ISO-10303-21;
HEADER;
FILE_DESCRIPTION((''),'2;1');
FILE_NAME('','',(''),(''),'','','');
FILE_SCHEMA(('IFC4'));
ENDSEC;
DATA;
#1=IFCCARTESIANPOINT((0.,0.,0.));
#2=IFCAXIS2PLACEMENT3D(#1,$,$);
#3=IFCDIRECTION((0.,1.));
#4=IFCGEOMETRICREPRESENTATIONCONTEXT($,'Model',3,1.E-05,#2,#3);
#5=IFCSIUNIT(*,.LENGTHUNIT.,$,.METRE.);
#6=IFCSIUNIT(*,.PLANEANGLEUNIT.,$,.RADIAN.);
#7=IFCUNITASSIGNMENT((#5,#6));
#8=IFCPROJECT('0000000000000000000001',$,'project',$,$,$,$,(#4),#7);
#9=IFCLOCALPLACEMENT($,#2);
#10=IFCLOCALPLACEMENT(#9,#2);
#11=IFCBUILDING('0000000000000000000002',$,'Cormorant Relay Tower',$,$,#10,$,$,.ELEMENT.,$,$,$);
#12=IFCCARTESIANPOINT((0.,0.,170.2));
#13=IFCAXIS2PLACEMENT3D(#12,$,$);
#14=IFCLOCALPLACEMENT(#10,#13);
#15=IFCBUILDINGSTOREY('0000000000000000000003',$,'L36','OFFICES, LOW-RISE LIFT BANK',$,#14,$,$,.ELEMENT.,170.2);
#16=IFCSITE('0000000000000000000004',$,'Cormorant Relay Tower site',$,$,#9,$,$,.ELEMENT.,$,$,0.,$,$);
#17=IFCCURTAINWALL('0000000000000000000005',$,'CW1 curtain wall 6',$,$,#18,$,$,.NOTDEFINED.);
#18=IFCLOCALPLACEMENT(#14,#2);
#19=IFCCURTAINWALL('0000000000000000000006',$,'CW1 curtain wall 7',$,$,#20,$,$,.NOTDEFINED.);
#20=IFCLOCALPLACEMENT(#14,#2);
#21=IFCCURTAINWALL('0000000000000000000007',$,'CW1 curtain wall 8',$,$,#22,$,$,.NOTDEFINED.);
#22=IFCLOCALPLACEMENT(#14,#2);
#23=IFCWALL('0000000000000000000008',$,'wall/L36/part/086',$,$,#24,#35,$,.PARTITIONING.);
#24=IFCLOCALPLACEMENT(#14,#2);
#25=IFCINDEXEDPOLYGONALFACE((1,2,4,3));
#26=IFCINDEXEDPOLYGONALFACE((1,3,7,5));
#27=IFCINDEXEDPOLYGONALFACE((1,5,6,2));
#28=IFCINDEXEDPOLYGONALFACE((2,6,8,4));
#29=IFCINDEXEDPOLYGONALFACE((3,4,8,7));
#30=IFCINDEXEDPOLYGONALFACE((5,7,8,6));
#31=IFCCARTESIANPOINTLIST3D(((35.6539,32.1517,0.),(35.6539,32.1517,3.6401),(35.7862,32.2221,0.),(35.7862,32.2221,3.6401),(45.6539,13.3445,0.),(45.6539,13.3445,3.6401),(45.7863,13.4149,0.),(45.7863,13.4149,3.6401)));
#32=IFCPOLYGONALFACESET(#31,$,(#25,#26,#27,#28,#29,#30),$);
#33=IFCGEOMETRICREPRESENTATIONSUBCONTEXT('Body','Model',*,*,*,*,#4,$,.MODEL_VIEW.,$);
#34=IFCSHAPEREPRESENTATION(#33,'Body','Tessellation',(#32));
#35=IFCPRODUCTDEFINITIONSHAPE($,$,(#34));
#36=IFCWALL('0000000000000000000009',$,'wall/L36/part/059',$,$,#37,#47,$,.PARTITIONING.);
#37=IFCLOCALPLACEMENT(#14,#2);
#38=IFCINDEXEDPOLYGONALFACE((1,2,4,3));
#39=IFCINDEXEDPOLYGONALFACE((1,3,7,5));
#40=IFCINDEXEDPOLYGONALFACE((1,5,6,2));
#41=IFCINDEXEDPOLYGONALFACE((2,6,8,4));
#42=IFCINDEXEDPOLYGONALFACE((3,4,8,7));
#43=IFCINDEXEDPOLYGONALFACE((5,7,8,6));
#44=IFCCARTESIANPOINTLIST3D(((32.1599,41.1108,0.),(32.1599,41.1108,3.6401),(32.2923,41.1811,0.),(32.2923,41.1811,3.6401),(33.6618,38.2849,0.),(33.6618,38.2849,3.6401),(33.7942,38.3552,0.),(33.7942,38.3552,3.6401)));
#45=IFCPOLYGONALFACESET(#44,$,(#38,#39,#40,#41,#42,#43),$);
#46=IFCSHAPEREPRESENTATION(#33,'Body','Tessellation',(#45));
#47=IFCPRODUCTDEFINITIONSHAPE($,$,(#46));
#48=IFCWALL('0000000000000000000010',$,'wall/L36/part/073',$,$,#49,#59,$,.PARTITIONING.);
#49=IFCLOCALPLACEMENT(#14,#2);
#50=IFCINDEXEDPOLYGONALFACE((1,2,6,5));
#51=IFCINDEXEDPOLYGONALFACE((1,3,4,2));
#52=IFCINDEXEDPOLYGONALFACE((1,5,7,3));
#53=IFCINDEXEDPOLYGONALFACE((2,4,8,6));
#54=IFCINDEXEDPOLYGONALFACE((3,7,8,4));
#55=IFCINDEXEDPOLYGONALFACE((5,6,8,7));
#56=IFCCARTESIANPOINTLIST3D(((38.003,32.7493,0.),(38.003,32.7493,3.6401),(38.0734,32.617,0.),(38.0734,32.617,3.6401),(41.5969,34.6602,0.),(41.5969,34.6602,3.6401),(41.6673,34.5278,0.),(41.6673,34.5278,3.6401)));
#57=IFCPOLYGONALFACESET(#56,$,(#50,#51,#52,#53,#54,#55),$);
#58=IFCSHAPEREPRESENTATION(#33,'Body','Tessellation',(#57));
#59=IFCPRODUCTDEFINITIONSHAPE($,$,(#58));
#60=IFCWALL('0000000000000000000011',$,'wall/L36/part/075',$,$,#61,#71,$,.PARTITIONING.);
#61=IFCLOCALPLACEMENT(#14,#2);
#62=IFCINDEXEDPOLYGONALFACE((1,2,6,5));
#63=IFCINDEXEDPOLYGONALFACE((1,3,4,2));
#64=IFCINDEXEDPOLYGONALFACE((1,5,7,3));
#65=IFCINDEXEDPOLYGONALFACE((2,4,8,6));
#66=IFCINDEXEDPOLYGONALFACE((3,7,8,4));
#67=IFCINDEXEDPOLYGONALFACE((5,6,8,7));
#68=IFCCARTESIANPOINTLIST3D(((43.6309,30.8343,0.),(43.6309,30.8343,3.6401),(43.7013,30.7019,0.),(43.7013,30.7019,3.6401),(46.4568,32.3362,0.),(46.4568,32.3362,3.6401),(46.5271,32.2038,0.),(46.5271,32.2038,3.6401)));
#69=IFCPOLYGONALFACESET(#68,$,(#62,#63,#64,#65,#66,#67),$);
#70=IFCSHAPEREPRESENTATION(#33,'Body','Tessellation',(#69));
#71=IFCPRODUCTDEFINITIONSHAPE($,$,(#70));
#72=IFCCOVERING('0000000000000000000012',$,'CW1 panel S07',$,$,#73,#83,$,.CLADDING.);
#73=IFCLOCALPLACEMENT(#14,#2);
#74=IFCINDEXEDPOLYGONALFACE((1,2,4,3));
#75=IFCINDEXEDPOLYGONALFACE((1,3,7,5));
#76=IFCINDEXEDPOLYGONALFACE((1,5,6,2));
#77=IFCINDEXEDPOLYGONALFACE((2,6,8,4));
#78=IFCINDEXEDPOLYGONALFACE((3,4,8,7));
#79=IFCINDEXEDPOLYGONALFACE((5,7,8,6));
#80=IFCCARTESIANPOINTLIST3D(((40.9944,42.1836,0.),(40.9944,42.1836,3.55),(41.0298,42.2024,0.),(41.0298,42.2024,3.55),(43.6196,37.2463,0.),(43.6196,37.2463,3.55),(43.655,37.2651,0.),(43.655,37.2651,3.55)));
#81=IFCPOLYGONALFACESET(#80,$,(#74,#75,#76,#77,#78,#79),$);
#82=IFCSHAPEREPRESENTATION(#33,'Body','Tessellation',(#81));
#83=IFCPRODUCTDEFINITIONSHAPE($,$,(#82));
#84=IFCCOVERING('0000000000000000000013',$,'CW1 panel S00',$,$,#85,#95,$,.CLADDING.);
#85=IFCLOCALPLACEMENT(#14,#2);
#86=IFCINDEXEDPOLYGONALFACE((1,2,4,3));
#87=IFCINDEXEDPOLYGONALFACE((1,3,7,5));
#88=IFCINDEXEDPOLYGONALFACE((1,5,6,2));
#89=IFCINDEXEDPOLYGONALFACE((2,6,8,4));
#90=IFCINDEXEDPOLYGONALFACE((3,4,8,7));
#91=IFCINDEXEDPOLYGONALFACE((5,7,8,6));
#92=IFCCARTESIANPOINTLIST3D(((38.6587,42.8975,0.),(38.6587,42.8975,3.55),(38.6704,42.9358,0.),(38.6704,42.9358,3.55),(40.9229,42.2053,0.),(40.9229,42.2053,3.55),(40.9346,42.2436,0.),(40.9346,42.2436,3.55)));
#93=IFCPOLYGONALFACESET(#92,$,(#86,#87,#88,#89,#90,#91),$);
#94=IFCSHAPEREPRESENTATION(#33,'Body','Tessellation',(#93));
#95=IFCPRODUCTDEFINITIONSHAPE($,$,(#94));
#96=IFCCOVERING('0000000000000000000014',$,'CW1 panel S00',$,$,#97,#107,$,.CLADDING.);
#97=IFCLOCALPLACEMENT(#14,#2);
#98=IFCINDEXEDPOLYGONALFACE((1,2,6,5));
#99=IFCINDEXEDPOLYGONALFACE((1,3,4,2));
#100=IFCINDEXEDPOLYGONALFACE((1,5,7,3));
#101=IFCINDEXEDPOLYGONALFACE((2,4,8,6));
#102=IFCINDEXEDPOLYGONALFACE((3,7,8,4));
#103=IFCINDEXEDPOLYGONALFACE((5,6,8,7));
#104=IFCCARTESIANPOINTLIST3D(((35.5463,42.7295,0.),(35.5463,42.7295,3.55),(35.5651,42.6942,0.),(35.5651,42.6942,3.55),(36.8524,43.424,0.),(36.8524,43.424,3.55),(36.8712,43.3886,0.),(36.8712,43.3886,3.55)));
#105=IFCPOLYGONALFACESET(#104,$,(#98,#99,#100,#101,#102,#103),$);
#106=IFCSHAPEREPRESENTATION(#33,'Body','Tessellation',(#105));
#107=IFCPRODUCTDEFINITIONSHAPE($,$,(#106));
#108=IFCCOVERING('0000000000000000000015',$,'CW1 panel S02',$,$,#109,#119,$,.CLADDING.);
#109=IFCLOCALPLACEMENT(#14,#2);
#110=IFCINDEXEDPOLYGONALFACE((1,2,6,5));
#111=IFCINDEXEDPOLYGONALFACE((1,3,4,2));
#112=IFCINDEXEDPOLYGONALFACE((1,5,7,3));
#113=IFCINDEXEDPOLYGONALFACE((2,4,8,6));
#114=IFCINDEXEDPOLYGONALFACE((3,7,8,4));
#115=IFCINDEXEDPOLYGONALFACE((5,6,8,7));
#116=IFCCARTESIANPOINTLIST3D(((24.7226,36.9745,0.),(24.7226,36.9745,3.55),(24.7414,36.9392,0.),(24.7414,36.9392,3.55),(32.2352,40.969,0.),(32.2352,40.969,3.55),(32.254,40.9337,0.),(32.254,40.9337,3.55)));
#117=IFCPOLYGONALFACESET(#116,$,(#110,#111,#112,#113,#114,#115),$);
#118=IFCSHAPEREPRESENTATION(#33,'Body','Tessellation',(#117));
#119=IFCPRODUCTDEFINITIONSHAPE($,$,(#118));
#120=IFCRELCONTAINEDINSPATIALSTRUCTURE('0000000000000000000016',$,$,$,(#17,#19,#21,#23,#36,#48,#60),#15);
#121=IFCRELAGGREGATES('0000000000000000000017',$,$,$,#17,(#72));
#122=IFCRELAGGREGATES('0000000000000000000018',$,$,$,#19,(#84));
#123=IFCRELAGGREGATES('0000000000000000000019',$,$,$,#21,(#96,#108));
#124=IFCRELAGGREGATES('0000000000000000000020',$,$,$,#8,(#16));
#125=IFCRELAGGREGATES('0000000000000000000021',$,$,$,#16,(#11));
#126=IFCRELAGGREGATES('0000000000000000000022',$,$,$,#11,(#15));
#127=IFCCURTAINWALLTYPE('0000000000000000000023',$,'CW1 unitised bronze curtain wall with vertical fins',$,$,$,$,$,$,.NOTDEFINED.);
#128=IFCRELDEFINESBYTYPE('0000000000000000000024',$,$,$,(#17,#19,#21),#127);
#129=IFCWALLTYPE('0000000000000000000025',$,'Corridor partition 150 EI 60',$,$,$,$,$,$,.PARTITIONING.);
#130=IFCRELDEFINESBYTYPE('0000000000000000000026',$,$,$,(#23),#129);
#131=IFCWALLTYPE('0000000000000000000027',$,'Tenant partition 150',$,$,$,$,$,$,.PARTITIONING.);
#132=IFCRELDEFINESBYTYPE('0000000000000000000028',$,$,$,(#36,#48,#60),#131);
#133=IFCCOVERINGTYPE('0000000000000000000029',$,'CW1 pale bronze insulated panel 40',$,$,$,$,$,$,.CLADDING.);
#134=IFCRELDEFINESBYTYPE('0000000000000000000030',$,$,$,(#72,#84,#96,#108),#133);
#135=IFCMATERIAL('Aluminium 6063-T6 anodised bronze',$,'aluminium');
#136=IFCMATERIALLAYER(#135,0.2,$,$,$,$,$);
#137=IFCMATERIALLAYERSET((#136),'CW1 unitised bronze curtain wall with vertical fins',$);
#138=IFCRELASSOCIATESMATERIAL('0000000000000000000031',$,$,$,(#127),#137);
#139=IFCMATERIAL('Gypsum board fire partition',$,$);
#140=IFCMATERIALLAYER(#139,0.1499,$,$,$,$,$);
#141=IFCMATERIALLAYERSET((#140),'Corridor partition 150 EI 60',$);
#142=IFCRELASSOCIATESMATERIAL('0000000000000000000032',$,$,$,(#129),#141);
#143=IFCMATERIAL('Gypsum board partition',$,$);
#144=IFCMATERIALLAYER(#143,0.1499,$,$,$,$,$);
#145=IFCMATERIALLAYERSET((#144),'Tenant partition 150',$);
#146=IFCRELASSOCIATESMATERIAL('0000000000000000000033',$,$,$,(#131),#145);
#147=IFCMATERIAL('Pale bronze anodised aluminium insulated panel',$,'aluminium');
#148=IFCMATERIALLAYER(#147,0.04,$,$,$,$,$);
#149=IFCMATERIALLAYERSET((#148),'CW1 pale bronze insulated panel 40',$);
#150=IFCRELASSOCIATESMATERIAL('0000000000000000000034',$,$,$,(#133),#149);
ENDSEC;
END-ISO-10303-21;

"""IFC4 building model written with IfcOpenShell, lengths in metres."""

from ifc_helpers import new_model, si_unit, direction, frame, frame_2d, origin, origin_2d, place, context, subcontext, project, spatial, rectangle, extrude, material, layer, layer_set, type_object, element, aggregate, save


model = new_model("IFC4")

# Units and contexts
model_context = context("Model", 3, precision=1e-05, world=origin(), true_north=direction((0.0, 1.0)))
body_context = subcontext(model_context, "Body", "Model", "MODEL_VIEW")
ifc_project = project(units=[si_unit("LENGTHUNIT", "METRE"), si_unit("PLANEANGLEUNIT", "RADIAN")], contexts=[model_context])

# Site, building, storey
site_placement = place(None, origin())
site = spatial("IfcSite", under=ifc_project, at=site_placement, Name="Cormorant Relay Tower site", CompositionType="ELEMENT", RefElevation=0.0)
building_placement = place(site_placement, origin())
building = spatial("IfcBuilding", under=site, at=building_placement, Name="Cormorant Relay Tower", CompositionType="ELEMENT")
storey_placement = place(building_placement, frame((0.0, 0.0, 170.2)))
storey = spatial("IfcBuildingStorey", under=building, at=storey_placement, Name="L36", Description="OFFICES, LOW-RISE LIFT BANK", CompositionType="ELEMENT", Elevation=170.2)

# Curtain wall
ifc_material_1 = material(Name="Aluminium 6063-T6 anodised bronze", Category="aluminium")
ifc_layer_1 = layer(ifc_material_1, 0.2)
ifc_layer_set_1 = layer_set([ifc_layer_1], Name="CW1 unitised bronze curtain wall with vertical fins")
curtain_wall_type = type_object("IfcCurtainWallType", Name="CW1 unitised bronze curtain wall with vertical fins", PredefinedType="NOTDEFINED", material=ifc_layer_set_1)
curtain_wall_1_placement = place(storey_placement, origin())
curtain_wall_1 = element("IfcCurtainWall", 1, at=curtain_wall_1_placement, inside=storey, type_object=curtain_wall_type, Name="CW1 curtain wall 6", PredefinedType="NOTDEFINED")

# Curtain wall
curtain_wall_2_placement = place(storey_placement, origin())
curtain_wall_2 = element("IfcCurtainWall", 2, at=curtain_wall_2_placement, inside=storey, type_object=curtain_wall_type, Name="CW1 curtain wall 7", PredefinedType="NOTDEFINED")

# Curtain wall
curtain_wall_3_placement = place(storey_placement, origin())
curtain_wall_3 = element("IfcCurtainWall", 3, at=curtain_wall_3_placement, inside=storey, type_object=curtain_wall_type, Name="CW1 curtain wall 8", PredefinedType="NOTDEFINED")

# Shared definitions
ifc_material_2 = material(Name="Gypsum board fire partition")
ifc_layer_2 = layer(ifc_material_2, 0.1499)
ifc_layer_set_2 = layer_set([ifc_layer_2], Name="Corridor partition 150 EI 60")
wall_type_1 = type_object("IfcWallType", Name="Corridor partition 150 EI 60", PredefinedType="PARTITIONING", material=ifc_layer_set_2)

# Walls
wall_1_placement = place(storey_placement, frame((35.72, 32.187, 0.0), z_axis=(0.0, 0.0, 1.0), x_axis=(0.469474, -0.882946, 0.0)))
element("IfcWall", 4, at=wall_1_placement, inside=storey, type_object=wall_type_1, Name="wall/L36/part/086", PredefinedType="PARTITIONING", context=body_context, shape_type="SweptSolid", body=[
    extrude(rectangle(XDim=21.3005, YDim=0.1499, at=frame_2d((10.6504, 0.0))), origin(), (0.0, 0.0, 1.0), 3.6401),
])
ifc_material_3 = material(Name="Gypsum board partition")
ifc_layer_3 = layer(ifc_material_3, 0.1499)
ifc_layer_set_3 = layer_set([ifc_layer_3], Name="Tenant partition 150")
wall_type_2 = type_object("IfcWallType", Name="Tenant partition 150", PredefinedType="PARTITIONING", material=ifc_layer_set_3)
wall_2_placement = place(storey_placement, frame((33.728, 38.3201, 0.0), z_axis=(0.0, 0.0, 1.0), x_axis=(-0.469321, 0.883028, 0.0)))
element("IfcWall", 5, at=wall_2_placement, inside=storey, type_object=wall_type_2, Name="wall/L36/part/059", PredefinedType="PARTITIONING", context=body_context, shape_type="SweptSolid", body=[
    extrude(rectangle(XDim=3.2002, YDim=0.1499, at=frame_2d((1.6001, 0.0))), origin(), (0.0, 0.0, 1.0), 3.6401),
])
wall_3_placement = place(storey_placement, frame((41.6321, 34.594, 0.0), z_axis=(0.0, 0.0, 1.0), x_axis=(-0.882955, -0.469458, 0.0)))
element("IfcWall", 6, at=wall_3_placement, inside=storey, type_object=wall_type_2, Name="wall/L36/part/073", PredefinedType="PARTITIONING", context=body_context, shape_type="SweptSolid", body=[
    extrude(rectangle(XDim=4.0703, YDim=0.1499, at=frame_2d((2.0352, 0.0))), origin(), (0.0, 0.0, 1.0), 3.6401),
])
wall_4_placement = place(storey_placement, frame((46.4919, 32.27, 0.0), z_axis=(0.0, 0.0, 1.0), x_axis=(-0.883028, -0.469321, 0.0)))
element("IfcWall", 7, at=wall_4_placement, inside=storey, type_object=wall_type_2, Name="wall/L36/part/075", PredefinedType="PARTITIONING", context=body_context, shape_type="SweptSolid", body=[
    extrude(rectangle(XDim=3.2002, YDim=0.1499, at=frame_2d((1.6001, 0.0))), origin(), (0.0, 0.0, 1.0), 3.6401),
])

# Coverings
ifc_material_4 = material(Name="Pale bronze anodised aluminium insulated panel", Category="aluminium")
ifc_layer_4 = layer(ifc_material_4, 0.04)
ifc_layer_set_4 = layer_set([ifc_layer_4], Name="CW1 pale bronze insulated panel 40")
covering_type = type_object("IfcCoveringType", Name="CW1 pale bronze insulated panel 40", PredefinedType="CLADDING", material=ifc_layer_set_4)
covering_1_placement = place(storey_placement, frame((42.3247, 39.7244, 0.0), z_axis=(0.0, 0.0, 1.0), x_axis=(-0.469472, 0.882948, 0.0)))
covering_1 = element("IfcCovering", 8, at=covering_1_placement, type_object=covering_type, Name="CW1 panel S07", PredefinedType="CLADDING", context=body_context, shape_type="SweptSolid", body=[
    extrude(rectangle(XDim=5.5918, YDim=0.04, at=origin_2d()), origin(), (0.0, 0.0, 1.0), 3.55),
])
aggregate(curtain_wall_1, [covering_1])
covering_2_placement = place(storey_placement, frame((39.7966, 42.5706, 0.0), z_axis=(0.0, 0.0, 1.0), x_axis=(-0.956305, 0.292372, 0.0)))
covering_2 = element("IfcCovering", 9, at=covering_2_placement, type_object=covering_type, Name="CW1 panel S00", PredefinedType="CLADDING", context=body_context, shape_type="SweptSolid", body=[
    extrude(rectangle(XDim=2.3677, YDim=0.04, at=origin_2d()), origin(), (0.0, 0.0, 1.0), 3.55),
])
aggregate(curtain_wall_2, [covering_2])
covering_3_placement = place(storey_placement, frame((36.2087, 43.0591, 0.0), z_axis=(0.0, 0.0, 1.0), x_axis=(-0.882948, -0.469472, 0.0)))
covering_3 = element("IfcCovering", 10, at=covering_3_placement, type_object=covering_type, Name="CW1 panel S00", PredefinedType="CLADDING", context=body_context, shape_type="SweptSolid", body=[
    extrude(rectangle(XDim=1.4792, YDim=0.04, at=origin_2d()), origin(), (0.0, 0.0, 1.0), 3.55),
])
covering_4_placement = place(storey_placement, frame((28.4883, 38.9541, 0.0), z_axis=(0.0, 0.0, 1.0), x_axis=(-0.882948, -0.469472, 0.0)))
covering_4 = element("IfcCovering", 11, at=covering_4_placement, type_object=covering_type, Name="CW1 panel S02", PredefinedType="CLADDING", context=body_context, shape_type="SweptSolid", body=[
    extrude(rectangle(XDim=8.5085, YDim=0.04, at=origin_2d()), origin(), (0.0, 0.0, 1.0), 3.55),
])
aggregate(curtain_wall_3, [covering_3, covering_4])

save(model, "model.ifc")
